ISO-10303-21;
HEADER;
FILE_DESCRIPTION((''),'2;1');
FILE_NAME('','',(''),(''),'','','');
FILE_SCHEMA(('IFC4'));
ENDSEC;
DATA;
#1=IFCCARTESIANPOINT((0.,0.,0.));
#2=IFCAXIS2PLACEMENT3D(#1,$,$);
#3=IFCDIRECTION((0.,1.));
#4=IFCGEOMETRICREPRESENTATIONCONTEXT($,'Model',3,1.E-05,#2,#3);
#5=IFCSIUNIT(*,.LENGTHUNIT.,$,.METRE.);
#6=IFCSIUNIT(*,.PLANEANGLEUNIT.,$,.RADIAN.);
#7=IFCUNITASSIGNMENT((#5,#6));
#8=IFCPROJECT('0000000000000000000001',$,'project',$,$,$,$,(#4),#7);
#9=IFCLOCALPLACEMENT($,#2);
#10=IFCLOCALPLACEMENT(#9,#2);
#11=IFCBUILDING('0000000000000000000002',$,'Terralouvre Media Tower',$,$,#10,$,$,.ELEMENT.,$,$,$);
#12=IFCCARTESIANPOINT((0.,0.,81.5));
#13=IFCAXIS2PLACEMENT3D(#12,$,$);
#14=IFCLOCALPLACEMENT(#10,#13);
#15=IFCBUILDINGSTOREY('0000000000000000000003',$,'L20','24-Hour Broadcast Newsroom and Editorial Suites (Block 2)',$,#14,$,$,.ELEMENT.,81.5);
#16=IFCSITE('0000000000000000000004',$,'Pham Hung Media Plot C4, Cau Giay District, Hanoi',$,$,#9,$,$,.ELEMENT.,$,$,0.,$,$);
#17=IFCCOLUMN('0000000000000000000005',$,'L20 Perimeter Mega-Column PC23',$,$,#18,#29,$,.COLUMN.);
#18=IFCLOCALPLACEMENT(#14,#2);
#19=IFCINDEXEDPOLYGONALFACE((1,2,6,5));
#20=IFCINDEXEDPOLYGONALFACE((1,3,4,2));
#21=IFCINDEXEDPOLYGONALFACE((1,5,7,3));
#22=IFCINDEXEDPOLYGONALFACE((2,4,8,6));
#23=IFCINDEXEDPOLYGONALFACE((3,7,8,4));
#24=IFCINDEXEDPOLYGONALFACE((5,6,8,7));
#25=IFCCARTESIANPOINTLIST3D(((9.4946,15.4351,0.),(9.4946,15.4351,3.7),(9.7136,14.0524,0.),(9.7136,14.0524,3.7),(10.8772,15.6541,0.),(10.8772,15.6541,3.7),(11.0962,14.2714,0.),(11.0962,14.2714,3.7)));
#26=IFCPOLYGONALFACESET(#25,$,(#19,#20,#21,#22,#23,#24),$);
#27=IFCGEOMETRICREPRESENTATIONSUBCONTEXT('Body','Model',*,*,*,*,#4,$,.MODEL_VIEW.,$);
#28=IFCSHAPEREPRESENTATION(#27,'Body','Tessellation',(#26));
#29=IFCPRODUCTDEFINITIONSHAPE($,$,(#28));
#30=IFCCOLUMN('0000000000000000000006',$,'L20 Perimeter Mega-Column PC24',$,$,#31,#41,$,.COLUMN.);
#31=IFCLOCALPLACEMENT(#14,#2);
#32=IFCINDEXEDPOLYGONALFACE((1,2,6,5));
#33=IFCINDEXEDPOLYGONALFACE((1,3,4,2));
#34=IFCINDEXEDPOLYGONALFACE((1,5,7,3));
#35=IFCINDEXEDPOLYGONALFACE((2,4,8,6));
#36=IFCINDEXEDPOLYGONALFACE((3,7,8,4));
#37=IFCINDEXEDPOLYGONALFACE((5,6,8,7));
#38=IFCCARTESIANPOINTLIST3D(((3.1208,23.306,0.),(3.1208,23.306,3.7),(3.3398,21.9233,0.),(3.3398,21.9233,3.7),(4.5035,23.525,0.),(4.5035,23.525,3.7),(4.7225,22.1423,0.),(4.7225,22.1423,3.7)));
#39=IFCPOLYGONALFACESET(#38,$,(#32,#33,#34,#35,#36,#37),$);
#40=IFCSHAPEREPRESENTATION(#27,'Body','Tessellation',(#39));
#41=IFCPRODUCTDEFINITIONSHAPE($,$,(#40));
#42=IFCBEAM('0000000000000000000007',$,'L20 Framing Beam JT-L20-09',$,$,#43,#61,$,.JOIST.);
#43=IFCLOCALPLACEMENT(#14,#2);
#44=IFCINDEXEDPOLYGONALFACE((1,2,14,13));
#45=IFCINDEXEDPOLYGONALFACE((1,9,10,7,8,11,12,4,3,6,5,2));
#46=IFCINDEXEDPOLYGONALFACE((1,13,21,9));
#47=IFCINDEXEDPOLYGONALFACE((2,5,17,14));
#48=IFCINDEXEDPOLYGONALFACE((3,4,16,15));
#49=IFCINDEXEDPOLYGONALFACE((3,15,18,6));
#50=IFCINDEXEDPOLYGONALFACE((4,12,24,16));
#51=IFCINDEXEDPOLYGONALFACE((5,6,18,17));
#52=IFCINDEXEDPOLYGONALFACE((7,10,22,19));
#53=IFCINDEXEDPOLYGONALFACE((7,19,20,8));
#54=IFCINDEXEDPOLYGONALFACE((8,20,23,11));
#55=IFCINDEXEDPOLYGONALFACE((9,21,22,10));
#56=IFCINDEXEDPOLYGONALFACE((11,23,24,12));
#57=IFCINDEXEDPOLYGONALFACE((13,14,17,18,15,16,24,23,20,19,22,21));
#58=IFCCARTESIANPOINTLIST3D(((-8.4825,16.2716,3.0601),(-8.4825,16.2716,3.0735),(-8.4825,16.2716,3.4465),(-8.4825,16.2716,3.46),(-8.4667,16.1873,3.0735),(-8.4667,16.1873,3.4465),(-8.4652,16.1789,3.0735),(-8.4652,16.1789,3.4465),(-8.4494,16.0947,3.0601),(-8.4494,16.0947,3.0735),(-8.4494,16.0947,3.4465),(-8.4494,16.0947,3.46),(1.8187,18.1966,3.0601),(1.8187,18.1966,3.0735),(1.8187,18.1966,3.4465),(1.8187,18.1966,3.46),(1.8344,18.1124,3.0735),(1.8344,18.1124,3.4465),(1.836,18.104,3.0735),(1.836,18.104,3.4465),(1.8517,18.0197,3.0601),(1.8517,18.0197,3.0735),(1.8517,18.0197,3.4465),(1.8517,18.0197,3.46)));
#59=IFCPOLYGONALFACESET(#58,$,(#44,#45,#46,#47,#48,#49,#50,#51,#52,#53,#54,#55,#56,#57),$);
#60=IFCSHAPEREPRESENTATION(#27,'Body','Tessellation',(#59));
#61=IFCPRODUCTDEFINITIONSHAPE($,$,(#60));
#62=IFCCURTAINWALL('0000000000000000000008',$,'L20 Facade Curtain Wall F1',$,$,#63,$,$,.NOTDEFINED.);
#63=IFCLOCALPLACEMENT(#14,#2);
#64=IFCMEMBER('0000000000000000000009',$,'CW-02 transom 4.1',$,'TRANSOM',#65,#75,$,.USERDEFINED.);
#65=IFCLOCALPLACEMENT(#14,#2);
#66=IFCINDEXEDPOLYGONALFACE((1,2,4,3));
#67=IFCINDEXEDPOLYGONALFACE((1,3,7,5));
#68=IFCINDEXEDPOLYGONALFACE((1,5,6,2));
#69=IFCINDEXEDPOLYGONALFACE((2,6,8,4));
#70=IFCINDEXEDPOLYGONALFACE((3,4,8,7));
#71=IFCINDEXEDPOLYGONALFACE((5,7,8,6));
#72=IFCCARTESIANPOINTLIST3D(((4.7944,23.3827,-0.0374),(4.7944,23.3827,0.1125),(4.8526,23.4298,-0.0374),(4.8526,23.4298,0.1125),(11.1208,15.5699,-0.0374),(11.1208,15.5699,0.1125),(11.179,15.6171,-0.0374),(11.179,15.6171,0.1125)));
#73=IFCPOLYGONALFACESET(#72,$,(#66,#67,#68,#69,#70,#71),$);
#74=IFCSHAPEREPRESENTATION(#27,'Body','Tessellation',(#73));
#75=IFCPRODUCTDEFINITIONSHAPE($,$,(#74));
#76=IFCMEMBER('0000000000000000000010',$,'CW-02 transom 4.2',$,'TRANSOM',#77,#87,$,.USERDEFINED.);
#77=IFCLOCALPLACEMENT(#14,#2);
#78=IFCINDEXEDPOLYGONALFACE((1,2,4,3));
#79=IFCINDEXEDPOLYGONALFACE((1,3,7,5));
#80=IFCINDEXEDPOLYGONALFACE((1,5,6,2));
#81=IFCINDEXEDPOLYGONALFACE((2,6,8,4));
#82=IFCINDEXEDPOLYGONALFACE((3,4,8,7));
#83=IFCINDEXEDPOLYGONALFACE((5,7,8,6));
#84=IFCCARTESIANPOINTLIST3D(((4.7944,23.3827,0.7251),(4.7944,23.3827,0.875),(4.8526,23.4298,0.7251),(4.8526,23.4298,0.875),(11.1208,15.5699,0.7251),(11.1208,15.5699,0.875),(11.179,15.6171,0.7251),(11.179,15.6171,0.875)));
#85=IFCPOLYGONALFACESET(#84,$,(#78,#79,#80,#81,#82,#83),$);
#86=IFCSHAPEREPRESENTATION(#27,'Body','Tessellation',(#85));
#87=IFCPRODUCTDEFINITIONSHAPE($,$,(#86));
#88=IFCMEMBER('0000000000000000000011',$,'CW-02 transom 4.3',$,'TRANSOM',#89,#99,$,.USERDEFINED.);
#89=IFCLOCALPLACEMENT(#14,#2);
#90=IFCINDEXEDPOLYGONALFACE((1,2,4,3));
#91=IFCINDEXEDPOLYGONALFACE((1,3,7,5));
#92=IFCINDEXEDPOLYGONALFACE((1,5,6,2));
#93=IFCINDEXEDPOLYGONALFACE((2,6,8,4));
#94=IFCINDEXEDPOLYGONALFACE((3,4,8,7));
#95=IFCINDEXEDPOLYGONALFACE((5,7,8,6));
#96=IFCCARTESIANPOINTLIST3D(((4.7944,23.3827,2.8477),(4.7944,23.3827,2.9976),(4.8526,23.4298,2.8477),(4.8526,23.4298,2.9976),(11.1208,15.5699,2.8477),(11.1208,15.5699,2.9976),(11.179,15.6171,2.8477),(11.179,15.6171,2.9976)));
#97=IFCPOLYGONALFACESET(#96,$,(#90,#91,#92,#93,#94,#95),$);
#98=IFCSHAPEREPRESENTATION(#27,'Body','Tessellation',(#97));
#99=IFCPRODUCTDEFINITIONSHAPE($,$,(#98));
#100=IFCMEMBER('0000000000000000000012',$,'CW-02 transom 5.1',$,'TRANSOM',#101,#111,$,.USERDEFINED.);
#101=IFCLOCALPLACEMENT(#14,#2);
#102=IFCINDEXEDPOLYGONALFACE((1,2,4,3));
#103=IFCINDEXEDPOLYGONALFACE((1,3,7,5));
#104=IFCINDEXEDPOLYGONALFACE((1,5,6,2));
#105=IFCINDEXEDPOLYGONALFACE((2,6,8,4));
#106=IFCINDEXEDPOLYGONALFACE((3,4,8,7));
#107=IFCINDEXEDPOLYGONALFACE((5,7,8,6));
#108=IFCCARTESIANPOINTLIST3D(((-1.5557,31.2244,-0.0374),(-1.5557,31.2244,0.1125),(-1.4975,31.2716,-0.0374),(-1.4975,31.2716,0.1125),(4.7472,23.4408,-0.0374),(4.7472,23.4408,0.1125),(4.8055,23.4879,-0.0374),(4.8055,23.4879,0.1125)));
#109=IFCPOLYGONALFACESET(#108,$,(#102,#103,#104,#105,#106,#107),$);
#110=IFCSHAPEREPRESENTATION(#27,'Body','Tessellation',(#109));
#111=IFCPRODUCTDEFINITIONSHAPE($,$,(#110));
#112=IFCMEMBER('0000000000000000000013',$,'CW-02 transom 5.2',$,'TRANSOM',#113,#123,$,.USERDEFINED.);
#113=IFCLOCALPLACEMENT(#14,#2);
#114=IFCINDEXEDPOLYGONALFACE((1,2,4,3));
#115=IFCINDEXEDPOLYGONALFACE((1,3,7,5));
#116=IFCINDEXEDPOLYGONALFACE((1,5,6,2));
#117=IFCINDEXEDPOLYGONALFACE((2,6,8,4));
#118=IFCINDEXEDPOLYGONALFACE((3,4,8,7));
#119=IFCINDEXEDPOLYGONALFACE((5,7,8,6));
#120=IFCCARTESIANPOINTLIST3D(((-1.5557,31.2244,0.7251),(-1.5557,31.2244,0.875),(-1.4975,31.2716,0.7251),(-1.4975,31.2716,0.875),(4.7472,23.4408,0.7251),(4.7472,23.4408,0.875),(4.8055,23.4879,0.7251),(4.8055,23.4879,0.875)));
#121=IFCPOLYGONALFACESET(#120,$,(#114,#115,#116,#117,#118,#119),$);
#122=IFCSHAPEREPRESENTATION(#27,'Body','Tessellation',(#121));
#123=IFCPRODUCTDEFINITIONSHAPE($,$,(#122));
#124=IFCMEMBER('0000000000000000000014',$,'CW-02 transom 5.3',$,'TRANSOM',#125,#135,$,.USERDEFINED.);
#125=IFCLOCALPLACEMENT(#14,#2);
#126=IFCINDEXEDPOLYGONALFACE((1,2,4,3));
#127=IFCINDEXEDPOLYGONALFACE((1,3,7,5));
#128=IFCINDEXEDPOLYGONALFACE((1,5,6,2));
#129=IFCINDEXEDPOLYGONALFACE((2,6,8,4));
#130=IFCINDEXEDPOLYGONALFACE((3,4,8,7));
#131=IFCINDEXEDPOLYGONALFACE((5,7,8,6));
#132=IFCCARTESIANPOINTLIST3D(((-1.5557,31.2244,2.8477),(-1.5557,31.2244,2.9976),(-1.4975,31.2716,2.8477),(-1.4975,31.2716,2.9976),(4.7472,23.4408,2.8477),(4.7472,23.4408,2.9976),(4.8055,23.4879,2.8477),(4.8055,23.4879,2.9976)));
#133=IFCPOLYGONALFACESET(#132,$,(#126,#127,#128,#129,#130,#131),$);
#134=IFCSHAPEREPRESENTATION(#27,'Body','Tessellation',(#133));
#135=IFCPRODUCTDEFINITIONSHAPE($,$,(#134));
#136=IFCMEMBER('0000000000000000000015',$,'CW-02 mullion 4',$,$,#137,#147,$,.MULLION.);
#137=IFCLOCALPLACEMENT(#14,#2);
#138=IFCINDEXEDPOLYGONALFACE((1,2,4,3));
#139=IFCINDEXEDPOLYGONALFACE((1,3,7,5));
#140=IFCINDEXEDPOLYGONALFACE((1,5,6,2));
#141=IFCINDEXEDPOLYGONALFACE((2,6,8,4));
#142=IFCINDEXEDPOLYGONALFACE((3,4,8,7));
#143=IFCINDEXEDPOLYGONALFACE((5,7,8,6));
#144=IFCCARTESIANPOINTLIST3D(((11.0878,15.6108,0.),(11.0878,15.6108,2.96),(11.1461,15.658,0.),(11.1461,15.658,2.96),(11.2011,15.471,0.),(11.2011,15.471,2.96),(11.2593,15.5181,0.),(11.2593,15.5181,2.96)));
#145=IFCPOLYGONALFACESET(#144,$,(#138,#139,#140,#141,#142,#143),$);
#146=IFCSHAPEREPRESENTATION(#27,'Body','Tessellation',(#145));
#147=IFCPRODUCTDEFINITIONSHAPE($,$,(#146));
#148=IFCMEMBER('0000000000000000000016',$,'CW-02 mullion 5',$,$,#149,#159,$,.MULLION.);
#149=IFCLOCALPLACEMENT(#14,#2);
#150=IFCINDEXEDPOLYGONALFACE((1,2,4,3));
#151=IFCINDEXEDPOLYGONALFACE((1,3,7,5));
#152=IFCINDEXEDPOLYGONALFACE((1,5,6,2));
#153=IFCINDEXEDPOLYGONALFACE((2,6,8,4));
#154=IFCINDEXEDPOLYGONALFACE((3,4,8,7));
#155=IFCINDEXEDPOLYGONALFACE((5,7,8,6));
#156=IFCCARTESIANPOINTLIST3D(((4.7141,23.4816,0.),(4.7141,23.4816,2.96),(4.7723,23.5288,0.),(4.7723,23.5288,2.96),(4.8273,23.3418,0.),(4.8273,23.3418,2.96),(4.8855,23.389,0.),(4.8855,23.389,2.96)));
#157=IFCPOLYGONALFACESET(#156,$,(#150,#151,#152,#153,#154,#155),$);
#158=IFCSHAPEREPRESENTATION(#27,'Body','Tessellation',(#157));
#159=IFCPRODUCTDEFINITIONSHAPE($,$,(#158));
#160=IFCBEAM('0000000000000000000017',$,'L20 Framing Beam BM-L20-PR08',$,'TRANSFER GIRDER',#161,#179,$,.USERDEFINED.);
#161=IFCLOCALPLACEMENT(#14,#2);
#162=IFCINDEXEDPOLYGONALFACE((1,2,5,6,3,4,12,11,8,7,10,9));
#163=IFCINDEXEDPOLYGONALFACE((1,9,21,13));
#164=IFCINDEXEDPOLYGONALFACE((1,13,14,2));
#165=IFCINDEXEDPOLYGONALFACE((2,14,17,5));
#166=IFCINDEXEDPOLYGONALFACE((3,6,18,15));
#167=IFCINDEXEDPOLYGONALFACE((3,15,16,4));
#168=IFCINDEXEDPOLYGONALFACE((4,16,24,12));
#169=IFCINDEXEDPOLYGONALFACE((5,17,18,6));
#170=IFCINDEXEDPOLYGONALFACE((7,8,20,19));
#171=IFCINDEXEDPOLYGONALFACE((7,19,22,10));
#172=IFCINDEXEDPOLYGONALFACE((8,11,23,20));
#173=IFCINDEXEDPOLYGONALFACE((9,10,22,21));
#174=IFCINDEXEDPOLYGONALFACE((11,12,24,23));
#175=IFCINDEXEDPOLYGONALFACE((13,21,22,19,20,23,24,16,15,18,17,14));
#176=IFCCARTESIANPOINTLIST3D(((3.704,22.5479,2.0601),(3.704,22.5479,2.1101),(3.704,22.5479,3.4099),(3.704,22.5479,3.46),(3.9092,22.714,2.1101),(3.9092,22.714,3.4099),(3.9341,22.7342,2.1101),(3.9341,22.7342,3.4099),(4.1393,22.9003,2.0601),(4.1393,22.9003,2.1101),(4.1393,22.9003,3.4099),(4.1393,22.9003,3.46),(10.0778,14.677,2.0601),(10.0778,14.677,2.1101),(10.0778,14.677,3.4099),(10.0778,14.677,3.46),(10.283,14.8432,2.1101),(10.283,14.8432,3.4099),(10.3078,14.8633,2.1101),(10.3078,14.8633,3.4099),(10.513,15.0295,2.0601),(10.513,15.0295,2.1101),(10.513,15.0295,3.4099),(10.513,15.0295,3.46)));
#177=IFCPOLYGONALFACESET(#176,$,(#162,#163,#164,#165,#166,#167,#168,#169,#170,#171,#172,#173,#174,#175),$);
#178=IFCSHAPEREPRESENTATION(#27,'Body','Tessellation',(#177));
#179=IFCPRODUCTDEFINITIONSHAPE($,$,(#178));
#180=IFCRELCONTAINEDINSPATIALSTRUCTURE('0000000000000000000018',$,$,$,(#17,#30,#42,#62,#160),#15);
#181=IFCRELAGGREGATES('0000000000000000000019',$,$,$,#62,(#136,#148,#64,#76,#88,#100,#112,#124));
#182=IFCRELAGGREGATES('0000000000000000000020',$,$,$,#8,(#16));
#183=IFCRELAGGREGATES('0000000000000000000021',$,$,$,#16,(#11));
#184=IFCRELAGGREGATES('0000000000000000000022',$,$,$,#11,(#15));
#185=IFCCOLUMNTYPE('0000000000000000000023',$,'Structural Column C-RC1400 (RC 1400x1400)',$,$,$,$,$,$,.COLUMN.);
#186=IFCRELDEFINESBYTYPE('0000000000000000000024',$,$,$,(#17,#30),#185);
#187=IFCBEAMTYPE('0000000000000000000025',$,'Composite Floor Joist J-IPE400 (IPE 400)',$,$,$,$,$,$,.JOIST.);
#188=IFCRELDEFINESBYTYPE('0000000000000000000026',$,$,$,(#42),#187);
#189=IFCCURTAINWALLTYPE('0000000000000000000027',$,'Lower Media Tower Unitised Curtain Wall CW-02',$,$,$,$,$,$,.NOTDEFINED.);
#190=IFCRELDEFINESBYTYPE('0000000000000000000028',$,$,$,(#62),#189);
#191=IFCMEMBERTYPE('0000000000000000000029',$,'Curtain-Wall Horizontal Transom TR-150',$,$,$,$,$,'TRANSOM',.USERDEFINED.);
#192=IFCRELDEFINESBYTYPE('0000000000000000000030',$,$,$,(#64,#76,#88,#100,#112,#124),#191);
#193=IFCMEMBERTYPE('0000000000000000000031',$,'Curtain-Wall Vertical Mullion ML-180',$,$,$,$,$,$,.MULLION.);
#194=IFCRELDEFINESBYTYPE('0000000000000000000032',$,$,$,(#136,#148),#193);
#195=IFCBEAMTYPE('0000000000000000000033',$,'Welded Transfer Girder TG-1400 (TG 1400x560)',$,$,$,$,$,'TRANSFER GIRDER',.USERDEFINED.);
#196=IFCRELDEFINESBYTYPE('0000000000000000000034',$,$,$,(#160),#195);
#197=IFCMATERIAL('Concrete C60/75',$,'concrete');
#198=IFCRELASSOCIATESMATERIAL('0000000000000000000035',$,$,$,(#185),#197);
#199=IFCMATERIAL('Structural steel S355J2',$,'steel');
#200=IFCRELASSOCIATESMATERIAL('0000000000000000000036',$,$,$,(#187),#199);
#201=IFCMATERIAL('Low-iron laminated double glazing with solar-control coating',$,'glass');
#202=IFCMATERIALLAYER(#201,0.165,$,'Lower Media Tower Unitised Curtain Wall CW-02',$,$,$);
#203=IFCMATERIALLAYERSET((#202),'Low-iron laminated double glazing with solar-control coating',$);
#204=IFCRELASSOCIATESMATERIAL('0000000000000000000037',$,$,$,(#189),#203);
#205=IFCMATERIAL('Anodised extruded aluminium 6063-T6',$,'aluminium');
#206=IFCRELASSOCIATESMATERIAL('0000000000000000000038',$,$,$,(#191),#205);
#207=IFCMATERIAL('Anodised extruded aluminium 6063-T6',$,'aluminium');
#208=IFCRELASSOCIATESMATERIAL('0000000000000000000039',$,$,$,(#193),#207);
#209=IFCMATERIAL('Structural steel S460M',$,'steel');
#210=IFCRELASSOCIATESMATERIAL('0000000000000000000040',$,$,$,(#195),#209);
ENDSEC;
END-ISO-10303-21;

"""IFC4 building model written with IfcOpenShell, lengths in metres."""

from ifc_helpers import new_model, si_unit, direction, frame, origin, origin_2d, place, context, subcontext, project, spatial, rectangle, i_section, extrude, material, layer, layer_set, material_profile, profile_set, type_object, element, aggregate, save


model = new_model("IFC4")

# Units and contexts
model_context = context("Model", 3, precision=1e-05, world=origin(), true_north=direction((0.0, 1.0)))
body_context = subcontext(model_context, "Body", "Model", "MODEL_VIEW")
ifc_project = project(units=[si_unit("LENGTHUNIT", "METRE"), si_unit("PLANEANGLEUNIT", "RADIAN")], contexts=[model_context])

# Site, building, storey
site_placement = place(None, origin())
site = spatial("IfcSite", under=ifc_project, at=site_placement, Name="Pham Hung Media Plot C4, Cau Giay District, Hanoi", CompositionType="ELEMENT", RefElevation=0.0)
building_placement = place(site_placement, origin())
building = spatial("IfcBuilding", under=site, at=building_placement, Name="Terralouvre Media Tower", CompositionType="ELEMENT")
storey_placement = place(building_placement, frame((0.0, 0.0, 81.5)))
storey = spatial("IfcBuildingStorey", under=building, at=storey_placement, Name="L20", Description="24-Hour Broadcast Newsroom and Editorial Suites (Block 2)", CompositionType="ELEMENT", Elevation=81.5)

# Columns
ifc_material_1 = material(Name="Concrete C60/75", Category="concrete")
ifc_material_profile_1 = material_profile(ifc_material_1, rectangle(XDim=1.3999, YDim=1.3999, at=origin_2d()), Name="RC 1400x1400")
ifc_profile_set_1 = profile_set([ifc_material_profile_1], Name="Concrete C60/75")
column_type = type_object("IfcColumnType", Name="Structural Column C-RC1400 (RC 1400x1400)", PredefinedType="COLUMN", material=ifc_profile_set_1)
for number, where, z_axis, x_axis, name in (
    (1, (10.2954, 14.8533, 0.0), (0.0, 0.0, 1.0), (0.987688, 0.156434, 0.0), "L20 Perimeter Mega-Column PC23"),
    (2, (3.9216, 22.7241, 0.0), (0.0, 0.0, 1.0), (0.987688, 0.156434, 0.0), "L20 Perimeter Mega-Column PC24"),
):
    element("IfcColumn", number, at=place(storey_placement, frame(where, z_axis=z_axis, x_axis=x_axis)), inside=storey, type_object=column_type, Name=name, PredefinedType="COLUMN", context=body_context, shape_type="SweptSolid", body=[
        extrude(rectangle(XDim=1.3999, YDim=1.3999, at=origin_2d()), origin(), (0.0, 0.0, 1.0), 3.7),
    ])

# Beam
ifc_material_2 = material(Name="Structural steel S355J2", Category="steel")
ifc_material_profile_2 = material_profile(ifc_material_2, i_section(OverallWidth=0.1799, OverallDepth=0.3999, WebThickness=0.0085, FlangeThickness=0.0134, at=origin_2d()), Name="IPE 400")
ifc_profile_set_2 = profile_set([ifc_material_profile_2], Name="Structural steel S355J2")
beam_type_1 = type_object("IfcBeamType", Name="Composite Floor Joist J-IPE400 (IPE 400)", PredefinedType="JOIST", material=ifc_profile_set_2)
beam_1_placement = place(storey_placement, frame((1.8352, 18.1082, 3.26), z_axis=(-0.982983, -0.183695, 0.0), x_axis=(0.183695, -0.982983, 0.0)))
element("IfcBeam", 3, at=beam_1_placement, inside=storey, type_object=beam_type_1, Name="L20 Framing Beam JT-L20-09", PredefinedType="JOIST", context=body_context, shape_type="SweptSolid", body=[
    extrude(i_section(OverallWidth=0.1799, OverallDepth=0.3999, WebThickness=0.0085, FlangeThickness=0.0134, at=origin_2d()), origin(), (0.0, 0.0, 1.0), 10.4795),
])

# Curtain wall, members
ifc_material_3 = material(Name="Low-iron laminated double glazing with solar-control coating", Category="glass")
ifc_layer_1 = layer(ifc_material_3, 0.165, Name="Lower Media Tower Unitised Curtain Wall CW-02")
ifc_layer_set_1 = layer_set([ifc_layer_1], Name="Low-iron laminated double glazing with solar-control coating")
curtain_wall_type = type_object("IfcCurtainWallType", Name="Lower Media Tower Unitised Curtain Wall CW-02", PredefinedType="NOTDEFINED", material=ifc_layer_set_1)
curtain_wall_placement = place(storey_placement, origin())
curtain_wall = element("IfcCurtainWall", 4, at=curtain_wall_placement, inside=storey, type_object=curtain_wall_type, Name="L20 Facade Curtain Wall F1", PredefinedType="NOTDEFINED")
ifc_material_4 = material(Name="Anodised extruded aluminium 6063-T6", Category="aluminium")
ifc_material_profile_3 = material_profile(ifc_material_4, rectangle(XDim=0.075, YDim=0.1499, at=origin_2d()), Name="ALU 75x150")
ifc_profile_set_3 = profile_set([ifc_material_profile_3], Name="Anodised extruded aluminium 6063-T6")
member_type_1 = type_object("IfcMemberType", Name="Curtain-Wall Horizontal Transom TR-150", ElementType="TRANSOM", PredefinedType="USERDEFINED", material=ifc_profile_set_3)
member_1_placement = place(storey_placement, frame((11.1499, 15.5935, 0.0376), z_axis=(-0.629307, 0.777157, 0.0), x_axis=(-0.777157, -0.629307, 0.0)))
member_1 = element("IfcMember", 5, at=member_1_placement, type_object=member_type_1, Name="CW-02 transom 4.1", ObjectType="TRANSOM", PredefinedType="USERDEFINED", context=body_context, shape_type="SweptSolid", body=[
    extrude(rectangle(XDim=0.075, YDim=0.1499, at=origin_2d()), origin(), (0.0, 0.0, 1.0), 10.053),
])
member_2_placement = place(storey_placement, frame((11.1499, 15.5935, 0.8), z_axis=(-0.629307, 0.777157, 0.0), x_axis=(-0.777157, -0.629307, 0.0)))
member_2 = element("IfcMember", 6, at=member_2_placement, type_object=member_type_1, Name="CW-02 transom 4.2", ObjectType="TRANSOM", PredefinedType="USERDEFINED", context=body_context, shape_type="SweptSolid", body=[
    extrude(rectangle(XDim=0.075, YDim=0.1499, at=origin_2d()), origin(), (0.0, 0.0, 1.0), 10.053),
])
member_3_placement = place(storey_placement, frame((11.1499, 15.5935, 2.9226), z_axis=(-0.629307, 0.777157, 0.0), x_axis=(-0.777157, -0.629307, 0.0)))
member_3 = element("IfcMember", 7, at=member_3_placement, type_object=member_type_1, Name="CW-02 transom 4.3", ObjectType="TRANSOM", PredefinedType="USERDEFINED", context=body_context, shape_type="SweptSolid", body=[
    extrude(rectangle(XDim=0.075, YDim=0.1499, at=origin_2d()), origin(), (0.0, 0.0, 1.0), 10.053),
])
member_4_placement = place(storey_placement, frame((4.7764, 23.4644, 0.0376), z_axis=(-0.629313, 0.777152, 0.0), x_axis=(-0.777152, -0.629313, 0.0)))
member_4 = element("IfcMember", 8, at=member_4_placement, type_object=member_type_1, Name="CW-02 transom 5.1", ObjectType="TRANSOM", PredefinedType="USERDEFINED", context=body_context, shape_type="SweptSolid", body=[
    extrude(rectangle(XDim=0.075, YDim=0.1499, at=origin_2d()), origin(), (0.0, 0.0, 1.0), 10.0156),
])
member_5_placement = place(storey_placement, frame((4.7764, 23.4644, 0.8), z_axis=(-0.629313, 0.777152, 0.0), x_axis=(-0.777152, -0.629313, 0.0)))
member_5 = element("IfcMember", 9, at=member_5_placement, type_object=member_type_1, Name="CW-02 transom 5.2", ObjectType="TRANSOM", PredefinedType="USERDEFINED", context=body_context, shape_type="SweptSolid", body=[
    extrude(rectangle(XDim=0.075, YDim=0.1499, at=origin_2d()), origin(), (0.0, 0.0, 1.0), 10.0156),
])
member_6_placement = place(storey_placement, frame((4.7764, 23.4644, 2.9226), z_axis=(-0.629313, 0.777152, 0.0), x_axis=(-0.777152, -0.629313, 0.0)))
member_6 = element("IfcMember", 10, at=member_6_placement, type_object=member_type_1, Name="CW-02 transom 5.3", ObjectType="TRANSOM", PredefinedType="USERDEFINED", context=body_context, shape_type="SweptSolid", body=[
    extrude(rectangle(XDim=0.075, YDim=0.1499, at=origin_2d()), origin(), (0.0, 0.0, 1.0), 10.0156),
])
ifc_material_5 = material(Name="Anodised extruded aluminium 6063-T6", Category="aluminium")
ifc_material_profile_4 = material_profile(ifc_material_5, rectangle(XDim=0.075, YDim=0.1799, at=origin_2d()), Name="ALU 75x180")
ifc_profile_set_4 = profile_set([ifc_material_profile_4], Name="Anodised extruded aluminium 6063-T6")
member_type_2 = type_object("IfcMemberType", Name="Curtain-Wall Vertical Mullion ML-180", PredefinedType="MULLION", material=ifc_profile_set_4)
member_7_placement = place(storey_placement, frame((11.1736, 15.5645, 0.0), z_axis=(0.0, 0.0, 1.0), x_axis=(-0.777146, -0.62932, 0.0)))
member_7 = element("IfcMember", 11, at=member_7_placement, type_object=member_type_2, Name="CW-02 mullion 4", PredefinedType="MULLION", context=body_context, shape_type="SweptSolid", body=[
    extrude(rectangle(XDim=0.075, YDim=0.1799, at=origin_2d()), origin(), (0.0, 0.0, 1.0), 2.96),
])
member_8_placement = place(storey_placement, frame((4.7998, 23.4353, 0.0), z_axis=(0.0, 0.0, 1.0), x_axis=(-0.777146, -0.62932, 0.0)))
member_8 = element("IfcMember", 12, at=member_8_placement, type_object=member_type_2, Name="CW-02 mullion 5", PredefinedType="MULLION", context=body_context, shape_type="SweptSolid", body=[
    extrude(rectangle(XDim=0.075, YDim=0.1799, at=origin_2d()), origin(), (0.0, 0.0, 1.0), 2.96),
])

# Beam
ifc_material_6 = material(Name="Structural steel S460M", Category="steel")
ifc_material_profile_5 = material_profile(ifc_material_6, i_section(OverallWidth=0.5601, OverallDepth=1.3999, WebThickness=0.032, FlangeThickness=0.05, at=origin_2d()), Name="TG 1400x560")
ifc_profile_set_5 = profile_set([ifc_material_profile_5], Name="Structural steel S460M")
beam_type_2 = type_object("IfcBeamType", Name="Welded Transfer Girder TG-1400 (TG 1400x560)", ElementType="TRANSFER GIRDER", PredefinedType="USERDEFINED", material=ifc_profile_set_5)
beam_2_placement = place(storey_placement, frame((10.2954, 14.8533, 2.76), z_axis=(-0.629326, 0.777142, 0.0), x_axis=(-0.777142, -0.629326, 0.0)))
element("IfcBeam", 13, at=beam_2_placement, inside=storey, type_object=beam_type_2, Name="L20 Framing Beam BM-L20-PR08", ObjectType="TRANSFER GIRDER", PredefinedType="USERDEFINED", context=body_context, shape_type="SweptSolid", body=[
    extrude(i_section(OverallWidth=0.5601, OverallDepth=1.3999, WebThickness=0.032, FlangeThickness=0.05, at=origin_2d()), origin(), (0.0, 0.0, 1.0), 10.1279),
])

aggregate(curtain_wall, [member_7, member_8, member_1, member_2, member_3, member_4, member_5, member_6])

save(model, "model.ifc")
